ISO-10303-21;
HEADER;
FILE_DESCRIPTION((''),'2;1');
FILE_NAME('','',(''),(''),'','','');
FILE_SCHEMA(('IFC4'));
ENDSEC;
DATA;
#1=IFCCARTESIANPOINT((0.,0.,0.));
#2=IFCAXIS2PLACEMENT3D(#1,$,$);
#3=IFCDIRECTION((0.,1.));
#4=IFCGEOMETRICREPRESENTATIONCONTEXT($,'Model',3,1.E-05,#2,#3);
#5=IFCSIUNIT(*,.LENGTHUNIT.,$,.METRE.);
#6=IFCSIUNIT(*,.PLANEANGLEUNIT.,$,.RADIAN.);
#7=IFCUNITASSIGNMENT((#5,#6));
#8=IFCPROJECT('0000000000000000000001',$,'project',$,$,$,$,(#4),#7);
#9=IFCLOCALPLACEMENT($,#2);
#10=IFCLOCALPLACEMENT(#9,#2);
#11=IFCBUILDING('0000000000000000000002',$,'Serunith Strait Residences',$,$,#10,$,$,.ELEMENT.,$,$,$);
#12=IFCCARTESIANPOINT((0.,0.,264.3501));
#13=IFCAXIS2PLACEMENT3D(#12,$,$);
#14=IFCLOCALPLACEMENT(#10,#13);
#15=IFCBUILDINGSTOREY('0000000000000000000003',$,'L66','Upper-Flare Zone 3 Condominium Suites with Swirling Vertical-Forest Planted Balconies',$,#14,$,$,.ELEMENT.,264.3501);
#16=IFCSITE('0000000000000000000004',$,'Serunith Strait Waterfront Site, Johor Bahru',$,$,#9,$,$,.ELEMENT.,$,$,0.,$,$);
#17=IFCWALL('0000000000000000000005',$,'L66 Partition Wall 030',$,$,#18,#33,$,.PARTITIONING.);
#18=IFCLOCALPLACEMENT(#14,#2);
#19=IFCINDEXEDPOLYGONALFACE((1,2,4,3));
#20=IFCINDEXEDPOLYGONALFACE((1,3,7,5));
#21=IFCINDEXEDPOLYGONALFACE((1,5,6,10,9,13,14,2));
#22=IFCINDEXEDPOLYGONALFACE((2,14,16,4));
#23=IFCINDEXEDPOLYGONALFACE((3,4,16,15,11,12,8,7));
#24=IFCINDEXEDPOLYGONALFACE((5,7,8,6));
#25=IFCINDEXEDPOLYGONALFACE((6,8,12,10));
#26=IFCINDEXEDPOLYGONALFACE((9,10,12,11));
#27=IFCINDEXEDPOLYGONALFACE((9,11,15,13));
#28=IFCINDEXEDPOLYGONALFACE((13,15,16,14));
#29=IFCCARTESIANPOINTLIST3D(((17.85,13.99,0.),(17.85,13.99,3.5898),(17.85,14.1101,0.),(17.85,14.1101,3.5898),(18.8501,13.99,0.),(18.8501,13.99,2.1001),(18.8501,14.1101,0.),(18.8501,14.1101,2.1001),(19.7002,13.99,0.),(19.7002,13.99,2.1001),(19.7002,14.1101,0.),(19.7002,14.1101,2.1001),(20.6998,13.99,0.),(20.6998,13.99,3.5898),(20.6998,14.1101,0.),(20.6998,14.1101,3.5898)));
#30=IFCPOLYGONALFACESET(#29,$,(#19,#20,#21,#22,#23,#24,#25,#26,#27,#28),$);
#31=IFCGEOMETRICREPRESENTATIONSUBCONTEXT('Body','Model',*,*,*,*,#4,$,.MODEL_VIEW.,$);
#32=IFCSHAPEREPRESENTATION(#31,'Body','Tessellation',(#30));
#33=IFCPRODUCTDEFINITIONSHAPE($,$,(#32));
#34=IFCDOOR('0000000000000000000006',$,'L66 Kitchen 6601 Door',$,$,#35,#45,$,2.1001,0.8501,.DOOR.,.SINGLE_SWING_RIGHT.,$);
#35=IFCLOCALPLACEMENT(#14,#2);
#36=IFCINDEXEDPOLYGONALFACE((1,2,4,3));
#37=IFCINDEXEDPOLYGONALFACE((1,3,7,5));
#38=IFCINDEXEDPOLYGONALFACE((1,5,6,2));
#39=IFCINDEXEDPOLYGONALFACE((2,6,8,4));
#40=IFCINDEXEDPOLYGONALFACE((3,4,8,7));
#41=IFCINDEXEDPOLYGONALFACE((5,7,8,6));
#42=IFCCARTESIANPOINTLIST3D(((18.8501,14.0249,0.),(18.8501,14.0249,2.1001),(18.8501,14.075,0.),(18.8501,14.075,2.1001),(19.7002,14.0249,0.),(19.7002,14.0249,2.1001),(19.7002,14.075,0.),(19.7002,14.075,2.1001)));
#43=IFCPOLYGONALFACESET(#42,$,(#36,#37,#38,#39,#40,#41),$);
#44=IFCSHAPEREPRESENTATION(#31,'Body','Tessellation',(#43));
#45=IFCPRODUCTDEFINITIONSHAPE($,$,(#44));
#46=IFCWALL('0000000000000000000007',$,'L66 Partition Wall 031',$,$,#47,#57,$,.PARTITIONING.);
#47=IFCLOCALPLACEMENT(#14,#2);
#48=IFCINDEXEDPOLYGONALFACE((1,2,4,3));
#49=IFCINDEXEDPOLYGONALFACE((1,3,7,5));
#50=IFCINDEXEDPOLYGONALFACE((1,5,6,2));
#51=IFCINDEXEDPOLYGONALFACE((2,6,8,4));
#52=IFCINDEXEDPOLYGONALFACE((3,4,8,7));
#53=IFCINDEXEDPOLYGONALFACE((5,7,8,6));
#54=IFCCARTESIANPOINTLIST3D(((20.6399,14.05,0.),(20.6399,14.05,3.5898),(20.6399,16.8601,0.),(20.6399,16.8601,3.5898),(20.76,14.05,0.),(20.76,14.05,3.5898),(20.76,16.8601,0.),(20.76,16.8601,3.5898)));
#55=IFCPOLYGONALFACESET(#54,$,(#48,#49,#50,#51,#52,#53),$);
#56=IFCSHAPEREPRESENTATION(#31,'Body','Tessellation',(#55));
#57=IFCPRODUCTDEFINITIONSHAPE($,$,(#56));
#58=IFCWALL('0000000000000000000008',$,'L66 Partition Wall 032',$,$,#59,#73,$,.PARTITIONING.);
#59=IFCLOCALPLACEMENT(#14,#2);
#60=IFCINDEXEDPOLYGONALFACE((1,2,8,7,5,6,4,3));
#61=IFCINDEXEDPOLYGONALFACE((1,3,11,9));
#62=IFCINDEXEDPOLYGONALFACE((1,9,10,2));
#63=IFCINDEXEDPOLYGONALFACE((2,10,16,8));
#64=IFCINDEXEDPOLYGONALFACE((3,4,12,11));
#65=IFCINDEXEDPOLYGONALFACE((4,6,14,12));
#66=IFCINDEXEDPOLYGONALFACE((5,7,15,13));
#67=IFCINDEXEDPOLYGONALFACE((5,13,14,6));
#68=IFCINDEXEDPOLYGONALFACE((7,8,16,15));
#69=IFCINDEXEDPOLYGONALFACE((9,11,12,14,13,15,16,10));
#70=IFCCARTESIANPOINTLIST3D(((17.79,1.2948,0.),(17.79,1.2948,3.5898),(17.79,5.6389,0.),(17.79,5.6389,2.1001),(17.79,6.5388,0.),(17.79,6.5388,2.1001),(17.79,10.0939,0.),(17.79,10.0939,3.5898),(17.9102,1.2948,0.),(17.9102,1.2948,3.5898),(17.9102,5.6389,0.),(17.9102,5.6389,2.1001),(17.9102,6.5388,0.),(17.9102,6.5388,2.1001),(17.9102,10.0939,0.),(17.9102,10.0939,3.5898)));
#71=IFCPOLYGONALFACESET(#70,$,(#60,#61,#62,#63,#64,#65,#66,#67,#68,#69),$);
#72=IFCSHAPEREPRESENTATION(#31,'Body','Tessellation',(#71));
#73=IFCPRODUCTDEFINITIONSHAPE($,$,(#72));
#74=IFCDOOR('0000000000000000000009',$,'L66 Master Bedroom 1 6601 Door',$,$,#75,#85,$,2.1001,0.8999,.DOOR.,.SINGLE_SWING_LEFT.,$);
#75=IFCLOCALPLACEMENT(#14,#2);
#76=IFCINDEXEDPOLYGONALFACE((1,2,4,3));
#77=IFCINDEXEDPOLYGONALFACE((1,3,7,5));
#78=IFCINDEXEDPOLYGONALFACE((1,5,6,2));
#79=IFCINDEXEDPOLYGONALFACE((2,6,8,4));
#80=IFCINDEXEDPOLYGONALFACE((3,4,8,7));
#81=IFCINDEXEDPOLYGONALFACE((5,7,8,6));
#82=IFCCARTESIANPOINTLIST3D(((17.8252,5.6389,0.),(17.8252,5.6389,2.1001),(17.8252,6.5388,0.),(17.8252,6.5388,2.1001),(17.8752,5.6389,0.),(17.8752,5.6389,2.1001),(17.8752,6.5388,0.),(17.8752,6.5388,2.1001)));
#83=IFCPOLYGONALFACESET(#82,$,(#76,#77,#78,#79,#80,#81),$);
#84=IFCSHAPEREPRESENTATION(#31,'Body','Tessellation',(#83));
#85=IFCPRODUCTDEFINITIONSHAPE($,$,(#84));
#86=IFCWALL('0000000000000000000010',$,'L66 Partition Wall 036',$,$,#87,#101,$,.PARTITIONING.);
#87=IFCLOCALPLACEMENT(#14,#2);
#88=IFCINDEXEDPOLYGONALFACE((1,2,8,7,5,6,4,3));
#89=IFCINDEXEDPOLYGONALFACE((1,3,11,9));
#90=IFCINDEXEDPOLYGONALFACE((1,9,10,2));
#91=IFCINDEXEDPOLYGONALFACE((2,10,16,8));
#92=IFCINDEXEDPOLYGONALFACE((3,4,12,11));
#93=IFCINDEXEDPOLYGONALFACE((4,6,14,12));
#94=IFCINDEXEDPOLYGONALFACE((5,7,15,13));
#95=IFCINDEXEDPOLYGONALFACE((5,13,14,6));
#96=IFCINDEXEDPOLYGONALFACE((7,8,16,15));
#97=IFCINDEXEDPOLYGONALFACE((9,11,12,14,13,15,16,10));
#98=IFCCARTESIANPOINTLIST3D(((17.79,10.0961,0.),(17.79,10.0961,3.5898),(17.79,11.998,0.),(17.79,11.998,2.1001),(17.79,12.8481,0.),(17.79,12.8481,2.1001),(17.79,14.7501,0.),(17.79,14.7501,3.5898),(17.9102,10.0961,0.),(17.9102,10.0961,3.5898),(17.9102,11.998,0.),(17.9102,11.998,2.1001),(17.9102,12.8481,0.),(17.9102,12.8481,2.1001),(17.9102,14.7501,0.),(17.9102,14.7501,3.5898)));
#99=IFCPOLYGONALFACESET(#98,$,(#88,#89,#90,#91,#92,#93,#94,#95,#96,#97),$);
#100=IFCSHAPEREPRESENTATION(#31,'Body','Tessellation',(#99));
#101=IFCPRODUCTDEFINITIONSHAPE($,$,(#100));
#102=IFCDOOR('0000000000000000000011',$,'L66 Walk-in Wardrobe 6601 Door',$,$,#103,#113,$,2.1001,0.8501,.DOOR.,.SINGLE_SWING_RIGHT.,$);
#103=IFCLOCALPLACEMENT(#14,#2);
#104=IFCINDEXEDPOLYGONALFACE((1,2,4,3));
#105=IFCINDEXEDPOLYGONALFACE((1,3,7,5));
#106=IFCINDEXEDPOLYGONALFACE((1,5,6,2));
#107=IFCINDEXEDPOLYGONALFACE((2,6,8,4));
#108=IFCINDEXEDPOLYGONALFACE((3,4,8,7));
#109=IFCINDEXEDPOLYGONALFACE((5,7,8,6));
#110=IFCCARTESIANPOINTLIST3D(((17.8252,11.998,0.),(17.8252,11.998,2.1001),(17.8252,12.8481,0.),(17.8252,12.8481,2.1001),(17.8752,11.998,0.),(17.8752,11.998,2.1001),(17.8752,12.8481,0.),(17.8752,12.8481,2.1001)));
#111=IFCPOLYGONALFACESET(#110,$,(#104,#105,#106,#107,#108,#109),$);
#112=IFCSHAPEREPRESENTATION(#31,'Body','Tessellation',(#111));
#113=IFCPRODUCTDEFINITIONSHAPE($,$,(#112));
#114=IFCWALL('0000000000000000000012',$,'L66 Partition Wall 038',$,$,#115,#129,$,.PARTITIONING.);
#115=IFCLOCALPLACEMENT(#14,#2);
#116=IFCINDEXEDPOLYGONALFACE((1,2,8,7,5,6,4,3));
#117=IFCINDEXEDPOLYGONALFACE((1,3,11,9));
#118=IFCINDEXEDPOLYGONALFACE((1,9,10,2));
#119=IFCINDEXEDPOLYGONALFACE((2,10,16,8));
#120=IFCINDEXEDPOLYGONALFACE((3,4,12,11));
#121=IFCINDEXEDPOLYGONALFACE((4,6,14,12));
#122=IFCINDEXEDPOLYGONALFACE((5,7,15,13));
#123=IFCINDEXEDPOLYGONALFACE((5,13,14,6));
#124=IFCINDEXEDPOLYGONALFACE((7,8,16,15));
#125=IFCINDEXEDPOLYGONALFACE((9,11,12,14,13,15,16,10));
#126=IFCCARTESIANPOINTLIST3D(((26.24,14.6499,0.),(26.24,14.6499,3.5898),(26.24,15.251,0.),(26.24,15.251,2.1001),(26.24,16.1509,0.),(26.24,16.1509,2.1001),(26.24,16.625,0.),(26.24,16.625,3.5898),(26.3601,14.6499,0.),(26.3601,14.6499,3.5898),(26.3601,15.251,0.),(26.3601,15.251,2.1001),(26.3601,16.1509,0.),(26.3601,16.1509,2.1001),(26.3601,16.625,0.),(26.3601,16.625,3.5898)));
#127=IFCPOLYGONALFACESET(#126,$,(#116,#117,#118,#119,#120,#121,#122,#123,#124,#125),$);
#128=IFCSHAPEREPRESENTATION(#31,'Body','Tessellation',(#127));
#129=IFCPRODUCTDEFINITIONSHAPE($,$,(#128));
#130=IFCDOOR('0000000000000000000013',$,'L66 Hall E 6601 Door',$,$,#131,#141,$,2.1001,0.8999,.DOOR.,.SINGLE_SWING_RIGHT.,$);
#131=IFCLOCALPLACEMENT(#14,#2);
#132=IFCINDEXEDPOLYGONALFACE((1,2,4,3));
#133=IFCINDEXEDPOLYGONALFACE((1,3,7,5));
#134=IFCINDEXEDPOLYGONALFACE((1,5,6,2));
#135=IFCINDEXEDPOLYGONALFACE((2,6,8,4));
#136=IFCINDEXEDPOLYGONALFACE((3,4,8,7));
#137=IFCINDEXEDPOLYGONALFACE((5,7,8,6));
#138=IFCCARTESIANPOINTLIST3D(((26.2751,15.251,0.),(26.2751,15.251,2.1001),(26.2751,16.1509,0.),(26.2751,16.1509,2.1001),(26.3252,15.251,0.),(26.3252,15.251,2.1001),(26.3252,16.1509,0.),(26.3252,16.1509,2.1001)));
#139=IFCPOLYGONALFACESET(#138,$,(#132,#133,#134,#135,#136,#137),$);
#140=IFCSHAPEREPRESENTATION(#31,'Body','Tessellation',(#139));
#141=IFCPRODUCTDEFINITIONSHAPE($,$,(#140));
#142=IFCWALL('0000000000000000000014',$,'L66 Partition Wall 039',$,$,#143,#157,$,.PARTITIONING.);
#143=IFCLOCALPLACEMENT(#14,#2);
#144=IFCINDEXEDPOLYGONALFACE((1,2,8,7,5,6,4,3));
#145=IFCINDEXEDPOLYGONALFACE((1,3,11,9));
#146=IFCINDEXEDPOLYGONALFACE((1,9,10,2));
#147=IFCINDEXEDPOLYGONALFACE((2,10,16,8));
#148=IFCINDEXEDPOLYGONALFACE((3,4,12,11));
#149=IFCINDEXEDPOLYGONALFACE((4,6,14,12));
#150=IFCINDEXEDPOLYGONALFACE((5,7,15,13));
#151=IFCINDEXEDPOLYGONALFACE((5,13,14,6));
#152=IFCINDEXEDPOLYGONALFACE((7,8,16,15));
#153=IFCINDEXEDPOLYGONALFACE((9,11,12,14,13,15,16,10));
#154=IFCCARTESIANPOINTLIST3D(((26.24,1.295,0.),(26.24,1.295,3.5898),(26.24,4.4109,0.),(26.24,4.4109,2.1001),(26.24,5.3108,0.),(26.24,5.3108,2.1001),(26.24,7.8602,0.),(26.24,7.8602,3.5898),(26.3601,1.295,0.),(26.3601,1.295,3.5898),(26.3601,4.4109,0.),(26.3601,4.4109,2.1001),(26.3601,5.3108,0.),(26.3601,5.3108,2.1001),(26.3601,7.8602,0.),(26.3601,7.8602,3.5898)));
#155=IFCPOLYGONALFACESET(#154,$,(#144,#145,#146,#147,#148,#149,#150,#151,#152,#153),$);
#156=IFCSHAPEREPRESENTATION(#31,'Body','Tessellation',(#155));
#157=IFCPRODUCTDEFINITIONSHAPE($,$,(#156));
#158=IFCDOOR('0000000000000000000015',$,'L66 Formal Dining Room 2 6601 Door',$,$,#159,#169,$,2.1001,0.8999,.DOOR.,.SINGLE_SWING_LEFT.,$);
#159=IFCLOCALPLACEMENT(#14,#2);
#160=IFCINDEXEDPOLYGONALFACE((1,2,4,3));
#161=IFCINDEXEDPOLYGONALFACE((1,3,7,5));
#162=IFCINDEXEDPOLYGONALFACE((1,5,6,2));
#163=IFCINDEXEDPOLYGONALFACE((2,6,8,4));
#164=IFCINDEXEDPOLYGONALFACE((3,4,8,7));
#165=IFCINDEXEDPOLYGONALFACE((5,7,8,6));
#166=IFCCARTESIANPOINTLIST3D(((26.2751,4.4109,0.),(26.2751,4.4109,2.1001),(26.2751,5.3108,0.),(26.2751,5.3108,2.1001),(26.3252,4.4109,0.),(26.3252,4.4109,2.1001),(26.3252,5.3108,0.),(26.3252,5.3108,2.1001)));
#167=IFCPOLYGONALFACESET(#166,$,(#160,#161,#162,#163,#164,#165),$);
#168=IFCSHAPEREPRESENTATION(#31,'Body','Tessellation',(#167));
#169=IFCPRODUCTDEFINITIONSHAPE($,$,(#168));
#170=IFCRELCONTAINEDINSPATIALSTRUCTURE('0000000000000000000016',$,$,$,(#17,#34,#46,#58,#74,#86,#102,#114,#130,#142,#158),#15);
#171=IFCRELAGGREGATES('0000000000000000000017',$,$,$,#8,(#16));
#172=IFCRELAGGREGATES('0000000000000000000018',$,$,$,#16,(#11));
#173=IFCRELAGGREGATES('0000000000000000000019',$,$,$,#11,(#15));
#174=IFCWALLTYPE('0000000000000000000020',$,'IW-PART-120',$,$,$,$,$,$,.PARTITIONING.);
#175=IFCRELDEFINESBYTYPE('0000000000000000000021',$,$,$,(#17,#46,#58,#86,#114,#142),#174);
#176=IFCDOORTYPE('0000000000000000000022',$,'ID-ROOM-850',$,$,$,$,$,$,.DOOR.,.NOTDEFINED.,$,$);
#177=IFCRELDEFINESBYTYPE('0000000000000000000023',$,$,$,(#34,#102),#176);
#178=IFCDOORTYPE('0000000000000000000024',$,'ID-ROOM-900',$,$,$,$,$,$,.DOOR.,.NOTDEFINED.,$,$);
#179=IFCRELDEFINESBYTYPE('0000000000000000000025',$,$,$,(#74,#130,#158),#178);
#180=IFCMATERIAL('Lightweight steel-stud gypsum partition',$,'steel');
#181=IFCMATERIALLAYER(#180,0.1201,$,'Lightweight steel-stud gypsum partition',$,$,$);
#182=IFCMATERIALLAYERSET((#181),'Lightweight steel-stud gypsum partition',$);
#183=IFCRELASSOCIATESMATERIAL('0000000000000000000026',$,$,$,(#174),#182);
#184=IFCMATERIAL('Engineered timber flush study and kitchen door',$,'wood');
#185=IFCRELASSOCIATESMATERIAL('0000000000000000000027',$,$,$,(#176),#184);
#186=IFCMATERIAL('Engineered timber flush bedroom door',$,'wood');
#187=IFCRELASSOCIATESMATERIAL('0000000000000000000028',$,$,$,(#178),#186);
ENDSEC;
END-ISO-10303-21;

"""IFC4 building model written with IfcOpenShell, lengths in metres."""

from ifc_helpers import new_model, si_unit, direction, frame, frame_2d, origin, place, context, subcontext, project, spatial, rectangle, extrude, source, transform, mapped, material, layer, layer_set, type_object, element, fill, save


model = new_model("IFC4")

# Units and contexts
model_context = context("Model", 3, precision=1e-05, world=origin(), true_north=direction((0.0, 1.0)))
body_context = subcontext(model_context, "Body", "Model", "MODEL_VIEW")
ifc_project = project(units=[si_unit("LENGTHUNIT", "METRE"), si_unit("PLANEANGLEUNIT", "RADIAN")], contexts=[model_context])

# Site, building, storey
site_placement = place(None, origin())
site = spatial("IfcSite", under=ifc_project, at=site_placement, Name="Serunith Strait Waterfront Site, Johor Bahru", CompositionType="ELEMENT", RefElevation=0.0)
building_placement = place(site_placement, origin())
building = spatial("IfcBuilding", under=site, at=building_placement, Name="Serunith Strait Residences", CompositionType="ELEMENT")
storey_placement = place(building_placement, frame((0.0, 0.0, 264.3501)))
storey = spatial("IfcBuildingStorey", under=building, at=storey_placement, Name="L66", Description="Upper-Flare Zone 3 Condominium Suites with Swirling Vertical-Forest Planted Balconies", CompositionType="ELEMENT", Elevation=264.3501)

# Wall, opening, door
ifc_material_1 = material(Name="Lightweight steel-stud gypsum partition", Category="steel")
ifc_layer_1 = layer(ifc_material_1, 0.1201, Name="Lightweight steel-stud gypsum partition")
ifc_layer_set_1 = layer_set([ifc_layer_1], Name="Lightweight steel-stud gypsum partition")
wall_type = type_object("IfcWallType", Name="IW-PART-120", PredefinedType="PARTITIONING", material=ifc_layer_set_1)
wall_1_placement = place(storey_placement, frame((17.8501, 14.05, 0.0), z_axis=(0.0, 0.0, 1.0), x_axis=(1.0, 0.0, 0.0)))
wall_1 = element("IfcWall", 1, at=wall_1_placement, inside=storey, type_object=wall_type, Name="L66 Partition Wall 030", PredefinedType="PARTITIONING", context=body_context, shape_type="SweptSolid", body=[
    extrude(rectangle(XDim=2.8499, YDim=0.1201, at=frame_2d((1.4248, 0.0))), origin(), (0.0, 0.0, 1.0), 3.5898),
])
opening_1_placement = place(wall_1_placement, frame((1.0, 0.0, 0.0)))
opening_1 = element("IfcOpeningElement", 2, at=opening_1_placement, cuts=wall_1, PredefinedType="OPENING", context=body_context, shape_type="SweptSolid", body=[
    extrude(rectangle(XDim=0.8501, YDim=2.1001, at=frame_2d((0.425, 1.05))), frame((0.0, 0.0701, 0.0), z_axis=(0.0, -1.0, 0.0), x_axis=(1.0, 0.0, 0.0)), (0.0, 0.0, 1.0), 0.1401),
])
ifc_material_2 = material(Name="Engineered timber flush study and kitchen door", Category="wood")
door_type_1 = type_object("IfcDoorType", Name="ID-ROOM-850", OperationType="NOTDEFINED", PredefinedType="DOOR", material=ifc_material_2)
shared_shape_1 = source(origin(), body_context, "Body", "SweptSolid", [
    extrude(rectangle(XDim=0.8501, YDim=2.1001, at=frame_2d((0.425, 1.05))), frame((0.0, 0.0249, 0.0), z_axis=(0.0, -1.0, 0.0), x_axis=(1.0, 0.0, 0.0)), (0.0, 0.0, 1.0), 0.05),
])
door_1_placement = place(opening_1_placement, origin())
door_1 = element("IfcDoor", 3, at=door_1_placement, inside=storey, type_object=door_type_1, Name="L66 Kitchen 6601 Door", OperationType="SINGLE_SWING_RIGHT", OverallHeight=2.1001, OverallWidth=0.8501, PredefinedType="DOOR", context=body_context, shape_type="MappedRepresentation", body=[
    mapped(shared_shape_1, transform((0.0, 0.0, 0.0), scale=1.0)),
])
fill(opening_1, door_1)

# Wall
wall_2_placement = place(storey_placement, frame((20.7, 14.05, 0.0), z_axis=(0.0, 0.0, 1.0), x_axis=(0.0, 1.0, 0.0)))
element("IfcWall", 4, at=wall_2_placement, inside=storey, type_object=wall_type, Name="L66 Partition Wall 031", PredefinedType="PARTITIONING", context=body_context, shape_type="SweptSolid", body=[
    extrude(rectangle(XDim=2.8101, YDim=0.1201, at=frame_2d((1.405, 0.0))), origin(), (0.0, 0.0, 1.0), 3.5898),
])

# Walls, openings, doors
wall_3_placement = place(storey_placement, frame((17.8501, 1.2949, 0.0), z_axis=(0.0, 0.0, 1.0), x_axis=(0.0, 1.0, 0.0)))
wall_3 = element("IfcWall", 5, at=wall_3_placement, inside=storey, type_object=wall_type, Name="L66 Partition Wall 032", PredefinedType="PARTITIONING", context=body_context, shape_type="SweptSolid", body=[
    extrude(rectangle(XDim=8.7991, YDim=0.1201, at=frame_2d((4.3994, 0.0))), origin(), (0.0, 0.0, 1.0), 3.5898),
])
opening_2_placement = place(wall_3_placement, frame((4.344, 0.0, 0.0)))
opening_2 = element("IfcOpeningElement", 6, at=opening_2_placement, cuts=wall_3, PredefinedType="OPENING", context=body_context, shape_type="SweptSolid", body=[
    extrude(rectangle(XDim=0.8999, YDim=2.1001, at=frame_2d((0.45, 1.05))), frame((0.0, 0.0701, 0.0), z_axis=(0.0, -1.0, 0.0), x_axis=(1.0, 0.0, 0.0)), (0.0, 0.0, 1.0), 0.1401),
])
ifc_material_3 = material(Name="Engineered timber flush bedroom door", Category="wood")
door_type_2 = type_object("IfcDoorType", Name="ID-ROOM-900", OperationType="NOTDEFINED", PredefinedType="DOOR", material=ifc_material_3)
shared_shape_2 = source(origin(), body_context, "Body", "SweptSolid", [
    extrude(rectangle(XDim=0.8999, YDim=2.1001, at=frame_2d((0.45, 1.05))), frame((0.0, 0.0249, 0.0), z_axis=(0.0, -1.0, 0.0), x_axis=(1.0, 0.0, 0.0)), (0.0, 0.0, 1.0), 0.05),
])
door_2_placement = place(opening_2_placement, origin())
door_2 = element("IfcDoor", 7, at=door_2_placement, inside=storey, type_object=door_type_2, Name="L66 Master Bedroom 1 6601 Door", OperationType="SINGLE_SWING_LEFT", OverallHeight=2.1001, OverallWidth=0.8999, PredefinedType="DOOR", context=body_context, shape_type="MappedRepresentation", body=[
    mapped(shared_shape_2, transform((0.0, 0.0, 0.0), scale=1.0)),
])
fill(opening_2, door_2)
wall_4_placement = place(storey_placement, frame((17.8501, 10.0959, 0.0), z_axis=(0.0, 0.0, 1.0), x_axis=(0.0, 1.0, 0.0)))
wall_4 = element("IfcWall", 8, at=wall_4_placement, inside=storey, type_object=wall_type, Name="L66 Partition Wall 036", PredefinedType="PARTITIONING", context=body_context, shape_type="SweptSolid", body=[
    extrude(rectangle(XDim=4.6541, YDim=0.1201, at=frame_2d((2.3271, 0.0))), origin(), (0.0, 0.0, 1.0), 3.5898),
])
opening_3_placement = place(wall_4_placement, frame((1.9021, 0.0, 0.0)))
opening_3 = element("IfcOpeningElement", 9, at=opening_3_placement, cuts=wall_4, PredefinedType="OPENING", context=body_context, shape_type="SweptSolid", body=[
    extrude(rectangle(XDim=0.8501, YDim=2.1001, at=frame_2d((0.425, 1.05))), frame((0.0, 0.0701, 0.0), z_axis=(0.0, -1.0, 0.0), x_axis=(1.0, 0.0, 0.0)), (0.0, 0.0, 1.0), 0.1401),
])
door_3_placement = place(opening_3_placement, origin())
door_3 = element("IfcDoor", 10, at=door_3_placement, inside=storey, type_object=door_type_1, Name="L66 Walk-in Wardrobe 6601 Door", OperationType="SINGLE_SWING_RIGHT", OverallHeight=2.1001, OverallWidth=0.8501, PredefinedType="DOOR", context=body_context, shape_type="MappedRepresentation", body=[
    mapped(shared_shape_1, transform((0.0, 0.0, 0.0), scale=1.0)),
])
fill(opening_3, door_3)
wall_5_placement = place(storey_placement, frame((26.3, 14.6499, 0.0), z_axis=(0.0, 0.0, 1.0), x_axis=(0.0, 1.0, 0.0)))
wall_5 = element("IfcWall", 11, at=wall_5_placement, inside=storey, type_object=wall_type, Name="L66 Partition Wall 038", PredefinedType="PARTITIONING", context=body_context, shape_type="SweptSolid", body=[
    extrude(rectangle(XDim=1.9751, YDim=0.1201, at=frame_2d((0.9875, 0.0))), origin(), (0.0, 0.0, 1.0), 3.5898),
])
opening_4_placement = place(wall_5_placement, frame((0.6011, 0.0, 0.0)))
opening_4 = element("IfcOpeningElement", 12, at=opening_4_placement, cuts=wall_5, PredefinedType="OPENING", context=body_context, shape_type="SweptSolid", body=[
    extrude(rectangle(XDim=0.8999, YDim=2.1001, at=frame_2d((0.45, 1.05))), frame((0.0, 0.0701, 0.0), z_axis=(0.0, -1.0, 0.0), x_axis=(1.0, 0.0, 0.0)), (0.0, 0.0, 1.0), 0.1401),
])
door_4_placement = place(opening_4_placement, origin())
door_4 = element("IfcDoor", 13, at=door_4_placement, inside=storey, type_object=door_type_2, Name="L66 Hall E 6601 Door", OperationType="SINGLE_SWING_RIGHT", OverallHeight=2.1001, OverallWidth=0.8999, PredefinedType="DOOR", context=body_context, shape_type="MappedRepresentation", body=[
    mapped(shared_shape_2, transform((0.0, 0.0, 0.0), scale=1.0)),
])
fill(opening_4, door_4)
wall_6_placement = place(storey_placement, frame((26.3, 1.2949, 0.0), z_axis=(0.0, 0.0, 1.0), x_axis=(0.0, 1.0, 0.0)))
wall_6 = element("IfcWall", 14, at=wall_6_placement, inside=storey, type_object=wall_type, Name="L66 Partition Wall 039", PredefinedType="PARTITIONING", context=body_context, shape_type="SweptSolid", body=[
    extrude(rectangle(XDim=6.5652, YDim=0.1201, at=frame_2d((3.2827, 0.0))), origin(), (0.0, 0.0, 1.0), 3.5898),
])
opening_5_placement = place(wall_6_placement, frame((3.116, 0.0, 0.0)))
opening_5 = element("IfcOpeningElement", 15, at=opening_5_placement, cuts=wall_6, PredefinedType="OPENING", context=body_context, shape_type="SweptSolid", body=[
    extrude(rectangle(XDim=0.8999, YDim=2.1001, at=frame_2d((0.45, 1.05))), frame((0.0, 0.0701, 0.0), z_axis=(0.0, -1.0, 0.0), x_axis=(1.0, 0.0, 0.0)), (0.0, 0.0, 1.0), 0.1401),
])
door_5_placement = place(opening_5_placement, origin())
door_5 = element("IfcDoor", 16, at=door_5_placement, inside=storey, type_object=door_type_2, Name="L66 Formal Dining Room 2 6601 Door", OperationType="SINGLE_SWING_LEFT", OverallHeight=2.1001, OverallWidth=0.8999, PredefinedType="DOOR", context=body_context, shape_type="MappedRepresentation", body=[
    mapped(shared_shape_2, transform((0.0, 0.0, 0.0), scale=1.0)),
])
fill(opening_5, door_5)

save(model, "model.ifc")
